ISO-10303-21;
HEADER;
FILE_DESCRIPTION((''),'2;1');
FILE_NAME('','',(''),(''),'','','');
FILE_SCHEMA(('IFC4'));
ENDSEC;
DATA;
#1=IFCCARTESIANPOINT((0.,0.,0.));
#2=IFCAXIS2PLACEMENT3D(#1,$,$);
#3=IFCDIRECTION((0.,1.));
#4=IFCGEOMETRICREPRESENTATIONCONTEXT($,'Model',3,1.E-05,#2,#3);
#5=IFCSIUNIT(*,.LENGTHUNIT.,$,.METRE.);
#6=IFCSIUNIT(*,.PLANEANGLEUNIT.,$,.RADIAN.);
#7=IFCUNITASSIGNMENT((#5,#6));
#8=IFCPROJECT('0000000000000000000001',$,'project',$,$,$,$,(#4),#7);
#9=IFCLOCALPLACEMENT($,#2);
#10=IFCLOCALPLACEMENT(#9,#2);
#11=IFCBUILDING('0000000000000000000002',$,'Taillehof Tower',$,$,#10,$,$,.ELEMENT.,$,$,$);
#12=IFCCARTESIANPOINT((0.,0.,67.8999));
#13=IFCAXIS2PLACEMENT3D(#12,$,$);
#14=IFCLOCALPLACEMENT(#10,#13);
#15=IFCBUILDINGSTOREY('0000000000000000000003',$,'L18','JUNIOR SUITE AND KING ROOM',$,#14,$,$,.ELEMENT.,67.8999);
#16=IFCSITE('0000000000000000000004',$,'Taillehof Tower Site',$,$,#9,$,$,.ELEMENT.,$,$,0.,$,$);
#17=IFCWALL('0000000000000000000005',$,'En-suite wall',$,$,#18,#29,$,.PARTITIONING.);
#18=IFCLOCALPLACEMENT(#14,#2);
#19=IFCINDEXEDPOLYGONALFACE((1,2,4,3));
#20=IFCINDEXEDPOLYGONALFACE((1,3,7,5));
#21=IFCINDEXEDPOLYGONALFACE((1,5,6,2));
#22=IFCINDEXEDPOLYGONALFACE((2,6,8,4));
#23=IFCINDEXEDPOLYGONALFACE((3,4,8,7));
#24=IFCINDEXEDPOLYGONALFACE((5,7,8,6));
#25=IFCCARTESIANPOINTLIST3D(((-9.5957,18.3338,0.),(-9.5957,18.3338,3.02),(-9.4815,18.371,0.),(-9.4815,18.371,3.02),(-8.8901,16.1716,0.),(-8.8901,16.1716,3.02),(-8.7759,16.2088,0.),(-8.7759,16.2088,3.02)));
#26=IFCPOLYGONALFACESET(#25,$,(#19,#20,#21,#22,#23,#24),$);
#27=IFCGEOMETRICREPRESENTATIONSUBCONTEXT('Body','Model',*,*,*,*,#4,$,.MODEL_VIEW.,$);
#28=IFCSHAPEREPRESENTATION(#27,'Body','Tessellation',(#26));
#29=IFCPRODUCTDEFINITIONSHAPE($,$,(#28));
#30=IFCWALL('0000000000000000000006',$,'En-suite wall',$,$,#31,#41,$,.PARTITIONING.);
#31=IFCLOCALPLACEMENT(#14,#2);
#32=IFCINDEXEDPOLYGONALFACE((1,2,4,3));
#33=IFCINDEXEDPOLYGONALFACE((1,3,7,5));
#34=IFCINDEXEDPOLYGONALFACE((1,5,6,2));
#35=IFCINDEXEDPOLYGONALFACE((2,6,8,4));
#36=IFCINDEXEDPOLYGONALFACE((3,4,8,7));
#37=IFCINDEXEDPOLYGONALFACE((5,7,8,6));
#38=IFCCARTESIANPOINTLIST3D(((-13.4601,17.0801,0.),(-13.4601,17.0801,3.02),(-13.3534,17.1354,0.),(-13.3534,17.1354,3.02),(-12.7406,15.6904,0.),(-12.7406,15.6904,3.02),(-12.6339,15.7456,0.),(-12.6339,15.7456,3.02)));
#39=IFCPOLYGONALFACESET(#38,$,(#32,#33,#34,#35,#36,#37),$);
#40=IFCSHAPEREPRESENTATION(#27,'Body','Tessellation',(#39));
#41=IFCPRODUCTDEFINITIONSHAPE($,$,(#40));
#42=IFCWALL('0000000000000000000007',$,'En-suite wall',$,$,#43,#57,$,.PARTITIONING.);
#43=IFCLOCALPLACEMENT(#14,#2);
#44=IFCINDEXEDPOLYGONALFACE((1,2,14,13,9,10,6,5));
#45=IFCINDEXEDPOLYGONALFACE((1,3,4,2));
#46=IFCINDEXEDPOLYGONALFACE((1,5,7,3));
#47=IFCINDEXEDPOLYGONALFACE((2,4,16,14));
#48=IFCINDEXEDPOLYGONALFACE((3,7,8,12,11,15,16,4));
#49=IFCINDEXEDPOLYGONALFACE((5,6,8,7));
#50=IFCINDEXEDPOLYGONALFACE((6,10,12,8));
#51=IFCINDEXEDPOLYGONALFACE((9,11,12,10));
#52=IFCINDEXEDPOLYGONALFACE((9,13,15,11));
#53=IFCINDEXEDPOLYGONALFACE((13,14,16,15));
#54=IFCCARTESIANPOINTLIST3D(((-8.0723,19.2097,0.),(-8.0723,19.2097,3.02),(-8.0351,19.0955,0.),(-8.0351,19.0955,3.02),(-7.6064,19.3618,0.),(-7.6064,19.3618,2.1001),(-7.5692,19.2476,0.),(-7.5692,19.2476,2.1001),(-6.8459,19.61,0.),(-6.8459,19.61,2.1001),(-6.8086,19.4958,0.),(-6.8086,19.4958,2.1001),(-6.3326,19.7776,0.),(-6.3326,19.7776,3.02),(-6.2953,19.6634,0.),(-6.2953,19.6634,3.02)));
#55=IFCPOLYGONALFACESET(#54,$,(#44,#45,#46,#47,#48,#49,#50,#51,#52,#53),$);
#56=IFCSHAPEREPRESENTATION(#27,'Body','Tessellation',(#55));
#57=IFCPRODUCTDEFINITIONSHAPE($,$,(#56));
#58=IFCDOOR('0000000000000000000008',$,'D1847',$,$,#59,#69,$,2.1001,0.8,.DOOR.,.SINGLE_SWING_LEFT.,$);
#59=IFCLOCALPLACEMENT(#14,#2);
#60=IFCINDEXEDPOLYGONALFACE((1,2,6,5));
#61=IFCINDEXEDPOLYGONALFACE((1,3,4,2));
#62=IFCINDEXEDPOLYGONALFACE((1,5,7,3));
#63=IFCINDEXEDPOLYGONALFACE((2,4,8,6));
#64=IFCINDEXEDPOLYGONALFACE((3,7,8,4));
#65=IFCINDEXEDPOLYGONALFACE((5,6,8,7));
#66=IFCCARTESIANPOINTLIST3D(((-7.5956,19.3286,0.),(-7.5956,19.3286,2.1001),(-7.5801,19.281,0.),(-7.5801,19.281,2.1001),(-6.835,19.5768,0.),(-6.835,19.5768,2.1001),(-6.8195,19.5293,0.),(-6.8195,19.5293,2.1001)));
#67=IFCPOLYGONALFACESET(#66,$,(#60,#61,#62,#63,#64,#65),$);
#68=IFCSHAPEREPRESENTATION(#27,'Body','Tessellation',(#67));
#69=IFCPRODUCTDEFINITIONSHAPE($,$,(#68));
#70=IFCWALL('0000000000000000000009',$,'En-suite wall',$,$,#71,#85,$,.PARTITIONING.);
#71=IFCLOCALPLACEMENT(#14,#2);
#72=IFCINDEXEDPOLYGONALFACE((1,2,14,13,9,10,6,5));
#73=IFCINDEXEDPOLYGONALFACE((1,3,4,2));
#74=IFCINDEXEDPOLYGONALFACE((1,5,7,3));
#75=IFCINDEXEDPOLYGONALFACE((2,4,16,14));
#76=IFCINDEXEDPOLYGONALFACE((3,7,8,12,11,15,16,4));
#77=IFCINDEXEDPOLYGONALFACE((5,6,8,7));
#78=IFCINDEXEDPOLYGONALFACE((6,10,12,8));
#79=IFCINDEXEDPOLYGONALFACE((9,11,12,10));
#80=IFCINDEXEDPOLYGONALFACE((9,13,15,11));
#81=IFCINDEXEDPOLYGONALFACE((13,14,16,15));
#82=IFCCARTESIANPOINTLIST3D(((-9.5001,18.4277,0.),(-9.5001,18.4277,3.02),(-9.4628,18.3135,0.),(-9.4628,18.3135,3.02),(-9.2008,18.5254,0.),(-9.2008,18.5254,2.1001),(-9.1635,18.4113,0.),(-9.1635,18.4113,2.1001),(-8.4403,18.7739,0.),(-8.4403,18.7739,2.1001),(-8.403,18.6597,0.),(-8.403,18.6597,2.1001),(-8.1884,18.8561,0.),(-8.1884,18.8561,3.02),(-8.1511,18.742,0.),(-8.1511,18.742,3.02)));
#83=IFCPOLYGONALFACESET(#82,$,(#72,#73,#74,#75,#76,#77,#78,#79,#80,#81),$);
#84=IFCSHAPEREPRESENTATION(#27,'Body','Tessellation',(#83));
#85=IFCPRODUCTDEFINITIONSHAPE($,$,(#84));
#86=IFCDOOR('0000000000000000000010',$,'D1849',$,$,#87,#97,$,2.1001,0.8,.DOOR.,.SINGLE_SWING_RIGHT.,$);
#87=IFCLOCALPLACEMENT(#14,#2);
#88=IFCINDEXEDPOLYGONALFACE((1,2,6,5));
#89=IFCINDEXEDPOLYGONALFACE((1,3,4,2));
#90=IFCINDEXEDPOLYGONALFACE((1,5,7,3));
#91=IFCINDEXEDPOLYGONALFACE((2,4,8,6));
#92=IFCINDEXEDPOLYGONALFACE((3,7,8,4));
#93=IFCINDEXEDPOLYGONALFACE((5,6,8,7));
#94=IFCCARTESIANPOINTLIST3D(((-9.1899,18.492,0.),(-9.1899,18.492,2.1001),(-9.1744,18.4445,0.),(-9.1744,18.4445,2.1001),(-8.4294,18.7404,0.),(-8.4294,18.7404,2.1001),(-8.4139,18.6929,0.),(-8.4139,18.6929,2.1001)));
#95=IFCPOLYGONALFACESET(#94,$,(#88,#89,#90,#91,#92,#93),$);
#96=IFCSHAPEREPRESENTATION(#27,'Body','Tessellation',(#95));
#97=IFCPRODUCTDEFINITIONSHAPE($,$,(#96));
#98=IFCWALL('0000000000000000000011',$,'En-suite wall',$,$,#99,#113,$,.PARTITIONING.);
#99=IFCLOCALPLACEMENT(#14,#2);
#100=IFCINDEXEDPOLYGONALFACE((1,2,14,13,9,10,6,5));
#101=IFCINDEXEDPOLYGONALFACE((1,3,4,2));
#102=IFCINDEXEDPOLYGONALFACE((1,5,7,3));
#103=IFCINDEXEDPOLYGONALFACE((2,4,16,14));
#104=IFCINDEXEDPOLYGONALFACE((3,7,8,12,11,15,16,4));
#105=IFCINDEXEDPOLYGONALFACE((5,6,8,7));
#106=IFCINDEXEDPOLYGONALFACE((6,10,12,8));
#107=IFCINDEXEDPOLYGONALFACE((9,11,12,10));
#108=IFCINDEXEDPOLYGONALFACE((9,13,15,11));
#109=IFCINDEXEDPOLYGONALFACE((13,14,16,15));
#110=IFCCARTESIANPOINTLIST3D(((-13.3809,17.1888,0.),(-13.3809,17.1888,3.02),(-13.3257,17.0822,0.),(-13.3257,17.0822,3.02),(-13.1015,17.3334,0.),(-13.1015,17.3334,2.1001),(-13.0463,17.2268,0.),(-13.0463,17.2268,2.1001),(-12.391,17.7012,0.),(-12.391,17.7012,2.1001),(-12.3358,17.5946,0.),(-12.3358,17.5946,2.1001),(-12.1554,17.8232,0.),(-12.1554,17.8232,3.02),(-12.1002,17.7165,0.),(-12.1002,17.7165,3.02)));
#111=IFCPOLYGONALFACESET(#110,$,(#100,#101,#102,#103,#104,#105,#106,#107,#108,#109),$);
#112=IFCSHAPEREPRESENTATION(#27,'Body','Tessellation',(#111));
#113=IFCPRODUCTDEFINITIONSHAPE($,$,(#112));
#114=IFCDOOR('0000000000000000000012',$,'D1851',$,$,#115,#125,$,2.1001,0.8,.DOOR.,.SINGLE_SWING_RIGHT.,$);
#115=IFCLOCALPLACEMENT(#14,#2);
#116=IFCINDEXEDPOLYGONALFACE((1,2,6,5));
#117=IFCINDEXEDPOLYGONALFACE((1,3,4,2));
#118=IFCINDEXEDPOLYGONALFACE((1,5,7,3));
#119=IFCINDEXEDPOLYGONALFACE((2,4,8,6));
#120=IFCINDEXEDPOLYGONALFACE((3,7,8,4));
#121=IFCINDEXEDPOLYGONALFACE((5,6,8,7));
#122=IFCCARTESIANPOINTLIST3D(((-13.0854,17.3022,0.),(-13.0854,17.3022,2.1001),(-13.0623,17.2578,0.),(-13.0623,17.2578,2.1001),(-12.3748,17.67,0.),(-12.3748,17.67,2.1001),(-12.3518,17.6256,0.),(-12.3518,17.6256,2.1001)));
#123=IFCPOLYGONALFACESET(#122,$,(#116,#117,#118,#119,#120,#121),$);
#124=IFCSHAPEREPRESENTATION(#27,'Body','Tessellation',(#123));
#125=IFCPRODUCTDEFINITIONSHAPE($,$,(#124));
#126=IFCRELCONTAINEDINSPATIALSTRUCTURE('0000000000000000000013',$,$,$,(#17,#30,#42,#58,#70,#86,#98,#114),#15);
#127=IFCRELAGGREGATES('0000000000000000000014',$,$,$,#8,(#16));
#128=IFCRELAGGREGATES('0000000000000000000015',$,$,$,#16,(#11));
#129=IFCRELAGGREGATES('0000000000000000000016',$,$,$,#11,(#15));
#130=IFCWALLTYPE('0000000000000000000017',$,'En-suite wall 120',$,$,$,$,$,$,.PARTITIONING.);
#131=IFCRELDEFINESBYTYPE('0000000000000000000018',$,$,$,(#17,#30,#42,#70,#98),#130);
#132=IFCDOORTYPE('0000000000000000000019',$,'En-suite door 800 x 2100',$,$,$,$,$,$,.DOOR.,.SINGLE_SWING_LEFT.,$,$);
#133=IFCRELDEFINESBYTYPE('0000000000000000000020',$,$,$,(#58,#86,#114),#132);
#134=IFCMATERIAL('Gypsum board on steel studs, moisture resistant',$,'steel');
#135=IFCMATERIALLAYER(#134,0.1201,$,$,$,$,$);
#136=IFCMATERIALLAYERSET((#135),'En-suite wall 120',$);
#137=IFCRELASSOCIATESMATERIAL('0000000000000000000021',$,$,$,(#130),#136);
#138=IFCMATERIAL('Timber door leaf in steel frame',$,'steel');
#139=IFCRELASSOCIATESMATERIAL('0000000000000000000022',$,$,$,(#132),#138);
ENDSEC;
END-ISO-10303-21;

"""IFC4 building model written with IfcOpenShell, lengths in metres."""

from ifc_helpers import new_model, si_unit, direction, frame, frame_2d, origin, place, context, subcontext, project, spatial, rectangle, extrude, material, layer, layer_set, type_object, element, fill, save


model = new_model("IFC4")

# Units and contexts
model_context = context("Model", 3, precision=1e-05, world=origin(), true_north=direction((0.0, 1.0)))
body_context = subcontext(model_context, "Body", "Model", "MODEL_VIEW")
ifc_project = project(units=[si_unit("LENGTHUNIT", "METRE"), si_unit("PLANEANGLEUNIT", "RADIAN")], contexts=[model_context])

# Site, building, storey
site_placement = place(None, origin())
site = spatial("IfcSite", under=ifc_project, at=site_placement, Name="Taillehof Tower Site", CompositionType="ELEMENT", RefElevation=0.0)
building_placement = place(site_placement, origin())
building = spatial("IfcBuilding", under=site, at=building_placement, Name="Taillehof Tower", CompositionType="ELEMENT")
storey_placement = place(building_placement, frame((0.0, 0.0, 67.8999)))
storey = spatial("IfcBuildingStorey", under=building, at=storey_placement, Name="L18", Description="JUNIOR SUITE AND KING ROOM", CompositionType="ELEMENT", Elevation=67.8999)

# Walls
ifc_material_1 = material(Name="Gypsum board on steel studs, moisture resistant", Category="steel")
ifc_layer_1 = layer(ifc_material_1, 0.1201)
ifc_layer_set_1 = layer_set([ifc_layer_1], Name="En-suite wall 120")
wall_type_1 = type_object("IfcWallType", Name="En-suite wall 120", PredefinedType="PARTITIONING", material=ifc_layer_set_1)
wall_1_placement = place(storey_placement, frame((-8.833, 16.1902, 0.0), z_axis=(0.0, 0.0, 1.0), x_axis=(-0.310232, 0.950661, 0.0)))
element("IfcWall", 1, at=wall_1_placement, inside=storey, type_object=wall_type_1, Name="En-suite wall", PredefinedType="PARTITIONING", context=body_context, shape_type="SweptSolid", body=[
    extrude(rectangle(XDim=2.2744, YDim=0.1201, at=frame_2d((1.1372, 0.0))), origin(), (0.0, 0.0, 1.0), 3.02),
])
wall_2_placement = place(storey_placement, frame((-12.6873, 15.718, 0.0), z_axis=(0.0, 0.0, 1.0), x_axis=(-0.459775, 0.888035, 0.0)))
element("IfcWall", 2, at=wall_2_placement, inside=storey, type_object=wall_type_1, Name="En-suite wall", PredefinedType="PARTITIONING", context=body_context, shape_type="SweptSolid", body=[
    extrude(rectangle(XDim=1.5649, YDim=0.1201, at=frame_2d((0.7825, 0.0))), origin(), (0.0, 0.0, 1.0), 3.02),
])

# Walls, openings, doors
wall_3_placement = place(storey_placement, frame((-6.314, 19.7205, 0.0), z_axis=(0.0, 0.0, 1.0), x_axis=(-0.950639, -0.310298, 0.0)))
wall_3 = element("IfcWall", 3, at=wall_3_placement, inside=storey, type_object=wall_type_1, Name="En-suite wall", PredefinedType="PARTITIONING", context=body_context, shape_type="SweptSolid", body=[
    extrude(rectangle(XDim=1.8301, YDim=0.1201, at=frame_2d((0.915, 0.0))), origin(), (0.0, 0.0, 1.0), 3.02),
])
opening_1_placement = place(wall_3_placement, frame((0.54, 0.0, 0.0)))
opening_1 = element("IfcOpeningElement", 4, at=opening_1_placement, cuts=wall_3, PredefinedType="OPENING", context=body_context, shape_type="SweptSolid", body=[
    extrude(rectangle(XDim=0.8, YDim=2.1001, at=frame_2d((0.3999, 1.05))), frame((0.0, 0.0701, 0.0), z_axis=(0.0, -1.0, 0.0), x_axis=(1.0, 0.0, 0.0)), (0.0, 0.0, 1.0), 0.1401),
])
ifc_material_2 = material(Name="Timber door leaf in steel frame", Category="steel")
door_type_1 = type_object("IfcDoorType", Name="En-suite door 800 x 2100", OperationType="SINGLE_SWING_LEFT", PredefinedType="DOOR", material=ifc_material_2)
door_1_placement = place(opening_1_placement, origin())
door_1 = element("IfcDoor", 5, at=door_1_placement, inside=storey, type_object=door_type_1, Name="D1847", OperationType="SINGLE_SWING_LEFT", OverallHeight=2.1001, OverallWidth=0.8, PredefinedType="DOOR", context=body_context, shape_type="SweptSolid", body=[
    extrude(rectangle(XDim=0.8, YDim=2.1001, at=frame_2d((0.3999, 1.05))), frame((0.0, 0.0249, 0.0), z_axis=(0.0, -1.0, 0.0), x_axis=(1.0, 0.0, 0.0)), (0.0, 0.0, 1.0), 0.05),
])
fill(opening_1, door_1)
wall_4_placement = place(storey_placement, frame((-9.4814, 18.3706, 0.0), z_axis=(0.0, 0.0, 1.0), x_axis=(0.950577, 0.31049, 0.0)))
wall_4 = element("IfcWall", 6, at=wall_4_placement, inside=storey, type_object=wall_type_1, Name="En-suite wall", PredefinedType="PARTITIONING", context=body_context, shape_type="SweptSolid", body=[
    extrude(rectangle(XDim=1.3799, YDim=0.1201, at=frame_2d((0.6899, 0.0))), origin(), (0.0, 0.0, 1.0), 3.02),
])
opening_2_placement = place(wall_4_placement, frame((0.3149, 0.0, 0.0)))
opening_2 = element("IfcOpeningElement", 7, at=opening_2_placement, cuts=wall_4, PredefinedType="OPENING", context=body_context, shape_type="SweptSolid", body=[
    extrude(rectangle(XDim=0.8, YDim=2.1001, at=frame_2d((0.3999, 1.05))), frame((0.0, 0.0701, 0.0), z_axis=(0.0, -1.0, 0.0), x_axis=(1.0, 0.0, 0.0)), (0.0, 0.0, 1.0), 0.1401),
])
door_2_placement = place(opening_2_placement, origin())
door_2 = element("IfcDoor", 8, at=door_2_placement, inside=storey, type_object=door_type_1, Name="D1849", OperationType="SINGLE_SWING_RIGHT", OverallHeight=2.1001, OverallWidth=0.8, PredefinedType="DOOR", context=body_context, shape_type="SweptSolid", body=[
    extrude(rectangle(XDim=0.8, YDim=2.1001, at=frame_2d((0.3999, 1.05))), frame((0.0, 0.0249, 0.0), z_axis=(0.0, -1.0, 0.0), x_axis=(1.0, 0.0, 0.0)), (0.0, 0.0, 1.0), 0.05),
])
fill(opening_2, door_2)
wall_5_placement = place(storey_placement, frame((-13.3533, 17.1355, 0.0), z_axis=(0.0, 0.0, 1.0), x_axis=(0.888076, 0.459697, 0.0)))
wall_5 = element("IfcWall", 9, at=wall_5_placement, inside=storey, type_object=wall_type_1, Name="En-suite wall", PredefinedType="PARTITIONING", context=body_context, shape_type="SweptSolid", body=[
    extrude(rectangle(XDim=1.3799, YDim=0.1201, at=frame_2d((0.6899, 0.0))), origin(), (0.0, 0.0, 1.0), 3.02),
])
opening_3_placement = place(wall_5_placement, frame((0.3147, 0.0, 0.0)))
opening_3 = element("IfcOpeningElement", 10, at=opening_3_placement, cuts=wall_5, PredefinedType="OPENING", context=body_context, shape_type="SweptSolid", body=[
    extrude(rectangle(XDim=0.8, YDim=2.1001, at=frame_2d((0.3999, 1.05))), frame((0.0, 0.0701, 0.0), z_axis=(0.0, -1.0, 0.0), x_axis=(1.0, 0.0, 0.0)), (0.0, 0.0, 1.0), 0.1401),
])
door_3_placement = place(opening_3_placement, origin())
door_3 = element("IfcDoor", 11, at=door_3_placement, inside=storey, type_object=door_type_1, Name="D1851", OperationType="SINGLE_SWING_RIGHT", OverallHeight=2.1001, OverallWidth=0.8, PredefinedType="DOOR", context=body_context, shape_type="SweptSolid", body=[
    extrude(rectangle(XDim=0.8, YDim=2.1001, at=frame_2d((0.3999, 1.05))), frame((0.0, 0.0249, 0.0), z_axis=(0.0, -1.0, 0.0), x_axis=(1.0, 0.0, 0.0)), (0.0, 0.0, 1.0), 0.05),
])
fill(opening_3, door_3)

save(model, "model.ifc")
